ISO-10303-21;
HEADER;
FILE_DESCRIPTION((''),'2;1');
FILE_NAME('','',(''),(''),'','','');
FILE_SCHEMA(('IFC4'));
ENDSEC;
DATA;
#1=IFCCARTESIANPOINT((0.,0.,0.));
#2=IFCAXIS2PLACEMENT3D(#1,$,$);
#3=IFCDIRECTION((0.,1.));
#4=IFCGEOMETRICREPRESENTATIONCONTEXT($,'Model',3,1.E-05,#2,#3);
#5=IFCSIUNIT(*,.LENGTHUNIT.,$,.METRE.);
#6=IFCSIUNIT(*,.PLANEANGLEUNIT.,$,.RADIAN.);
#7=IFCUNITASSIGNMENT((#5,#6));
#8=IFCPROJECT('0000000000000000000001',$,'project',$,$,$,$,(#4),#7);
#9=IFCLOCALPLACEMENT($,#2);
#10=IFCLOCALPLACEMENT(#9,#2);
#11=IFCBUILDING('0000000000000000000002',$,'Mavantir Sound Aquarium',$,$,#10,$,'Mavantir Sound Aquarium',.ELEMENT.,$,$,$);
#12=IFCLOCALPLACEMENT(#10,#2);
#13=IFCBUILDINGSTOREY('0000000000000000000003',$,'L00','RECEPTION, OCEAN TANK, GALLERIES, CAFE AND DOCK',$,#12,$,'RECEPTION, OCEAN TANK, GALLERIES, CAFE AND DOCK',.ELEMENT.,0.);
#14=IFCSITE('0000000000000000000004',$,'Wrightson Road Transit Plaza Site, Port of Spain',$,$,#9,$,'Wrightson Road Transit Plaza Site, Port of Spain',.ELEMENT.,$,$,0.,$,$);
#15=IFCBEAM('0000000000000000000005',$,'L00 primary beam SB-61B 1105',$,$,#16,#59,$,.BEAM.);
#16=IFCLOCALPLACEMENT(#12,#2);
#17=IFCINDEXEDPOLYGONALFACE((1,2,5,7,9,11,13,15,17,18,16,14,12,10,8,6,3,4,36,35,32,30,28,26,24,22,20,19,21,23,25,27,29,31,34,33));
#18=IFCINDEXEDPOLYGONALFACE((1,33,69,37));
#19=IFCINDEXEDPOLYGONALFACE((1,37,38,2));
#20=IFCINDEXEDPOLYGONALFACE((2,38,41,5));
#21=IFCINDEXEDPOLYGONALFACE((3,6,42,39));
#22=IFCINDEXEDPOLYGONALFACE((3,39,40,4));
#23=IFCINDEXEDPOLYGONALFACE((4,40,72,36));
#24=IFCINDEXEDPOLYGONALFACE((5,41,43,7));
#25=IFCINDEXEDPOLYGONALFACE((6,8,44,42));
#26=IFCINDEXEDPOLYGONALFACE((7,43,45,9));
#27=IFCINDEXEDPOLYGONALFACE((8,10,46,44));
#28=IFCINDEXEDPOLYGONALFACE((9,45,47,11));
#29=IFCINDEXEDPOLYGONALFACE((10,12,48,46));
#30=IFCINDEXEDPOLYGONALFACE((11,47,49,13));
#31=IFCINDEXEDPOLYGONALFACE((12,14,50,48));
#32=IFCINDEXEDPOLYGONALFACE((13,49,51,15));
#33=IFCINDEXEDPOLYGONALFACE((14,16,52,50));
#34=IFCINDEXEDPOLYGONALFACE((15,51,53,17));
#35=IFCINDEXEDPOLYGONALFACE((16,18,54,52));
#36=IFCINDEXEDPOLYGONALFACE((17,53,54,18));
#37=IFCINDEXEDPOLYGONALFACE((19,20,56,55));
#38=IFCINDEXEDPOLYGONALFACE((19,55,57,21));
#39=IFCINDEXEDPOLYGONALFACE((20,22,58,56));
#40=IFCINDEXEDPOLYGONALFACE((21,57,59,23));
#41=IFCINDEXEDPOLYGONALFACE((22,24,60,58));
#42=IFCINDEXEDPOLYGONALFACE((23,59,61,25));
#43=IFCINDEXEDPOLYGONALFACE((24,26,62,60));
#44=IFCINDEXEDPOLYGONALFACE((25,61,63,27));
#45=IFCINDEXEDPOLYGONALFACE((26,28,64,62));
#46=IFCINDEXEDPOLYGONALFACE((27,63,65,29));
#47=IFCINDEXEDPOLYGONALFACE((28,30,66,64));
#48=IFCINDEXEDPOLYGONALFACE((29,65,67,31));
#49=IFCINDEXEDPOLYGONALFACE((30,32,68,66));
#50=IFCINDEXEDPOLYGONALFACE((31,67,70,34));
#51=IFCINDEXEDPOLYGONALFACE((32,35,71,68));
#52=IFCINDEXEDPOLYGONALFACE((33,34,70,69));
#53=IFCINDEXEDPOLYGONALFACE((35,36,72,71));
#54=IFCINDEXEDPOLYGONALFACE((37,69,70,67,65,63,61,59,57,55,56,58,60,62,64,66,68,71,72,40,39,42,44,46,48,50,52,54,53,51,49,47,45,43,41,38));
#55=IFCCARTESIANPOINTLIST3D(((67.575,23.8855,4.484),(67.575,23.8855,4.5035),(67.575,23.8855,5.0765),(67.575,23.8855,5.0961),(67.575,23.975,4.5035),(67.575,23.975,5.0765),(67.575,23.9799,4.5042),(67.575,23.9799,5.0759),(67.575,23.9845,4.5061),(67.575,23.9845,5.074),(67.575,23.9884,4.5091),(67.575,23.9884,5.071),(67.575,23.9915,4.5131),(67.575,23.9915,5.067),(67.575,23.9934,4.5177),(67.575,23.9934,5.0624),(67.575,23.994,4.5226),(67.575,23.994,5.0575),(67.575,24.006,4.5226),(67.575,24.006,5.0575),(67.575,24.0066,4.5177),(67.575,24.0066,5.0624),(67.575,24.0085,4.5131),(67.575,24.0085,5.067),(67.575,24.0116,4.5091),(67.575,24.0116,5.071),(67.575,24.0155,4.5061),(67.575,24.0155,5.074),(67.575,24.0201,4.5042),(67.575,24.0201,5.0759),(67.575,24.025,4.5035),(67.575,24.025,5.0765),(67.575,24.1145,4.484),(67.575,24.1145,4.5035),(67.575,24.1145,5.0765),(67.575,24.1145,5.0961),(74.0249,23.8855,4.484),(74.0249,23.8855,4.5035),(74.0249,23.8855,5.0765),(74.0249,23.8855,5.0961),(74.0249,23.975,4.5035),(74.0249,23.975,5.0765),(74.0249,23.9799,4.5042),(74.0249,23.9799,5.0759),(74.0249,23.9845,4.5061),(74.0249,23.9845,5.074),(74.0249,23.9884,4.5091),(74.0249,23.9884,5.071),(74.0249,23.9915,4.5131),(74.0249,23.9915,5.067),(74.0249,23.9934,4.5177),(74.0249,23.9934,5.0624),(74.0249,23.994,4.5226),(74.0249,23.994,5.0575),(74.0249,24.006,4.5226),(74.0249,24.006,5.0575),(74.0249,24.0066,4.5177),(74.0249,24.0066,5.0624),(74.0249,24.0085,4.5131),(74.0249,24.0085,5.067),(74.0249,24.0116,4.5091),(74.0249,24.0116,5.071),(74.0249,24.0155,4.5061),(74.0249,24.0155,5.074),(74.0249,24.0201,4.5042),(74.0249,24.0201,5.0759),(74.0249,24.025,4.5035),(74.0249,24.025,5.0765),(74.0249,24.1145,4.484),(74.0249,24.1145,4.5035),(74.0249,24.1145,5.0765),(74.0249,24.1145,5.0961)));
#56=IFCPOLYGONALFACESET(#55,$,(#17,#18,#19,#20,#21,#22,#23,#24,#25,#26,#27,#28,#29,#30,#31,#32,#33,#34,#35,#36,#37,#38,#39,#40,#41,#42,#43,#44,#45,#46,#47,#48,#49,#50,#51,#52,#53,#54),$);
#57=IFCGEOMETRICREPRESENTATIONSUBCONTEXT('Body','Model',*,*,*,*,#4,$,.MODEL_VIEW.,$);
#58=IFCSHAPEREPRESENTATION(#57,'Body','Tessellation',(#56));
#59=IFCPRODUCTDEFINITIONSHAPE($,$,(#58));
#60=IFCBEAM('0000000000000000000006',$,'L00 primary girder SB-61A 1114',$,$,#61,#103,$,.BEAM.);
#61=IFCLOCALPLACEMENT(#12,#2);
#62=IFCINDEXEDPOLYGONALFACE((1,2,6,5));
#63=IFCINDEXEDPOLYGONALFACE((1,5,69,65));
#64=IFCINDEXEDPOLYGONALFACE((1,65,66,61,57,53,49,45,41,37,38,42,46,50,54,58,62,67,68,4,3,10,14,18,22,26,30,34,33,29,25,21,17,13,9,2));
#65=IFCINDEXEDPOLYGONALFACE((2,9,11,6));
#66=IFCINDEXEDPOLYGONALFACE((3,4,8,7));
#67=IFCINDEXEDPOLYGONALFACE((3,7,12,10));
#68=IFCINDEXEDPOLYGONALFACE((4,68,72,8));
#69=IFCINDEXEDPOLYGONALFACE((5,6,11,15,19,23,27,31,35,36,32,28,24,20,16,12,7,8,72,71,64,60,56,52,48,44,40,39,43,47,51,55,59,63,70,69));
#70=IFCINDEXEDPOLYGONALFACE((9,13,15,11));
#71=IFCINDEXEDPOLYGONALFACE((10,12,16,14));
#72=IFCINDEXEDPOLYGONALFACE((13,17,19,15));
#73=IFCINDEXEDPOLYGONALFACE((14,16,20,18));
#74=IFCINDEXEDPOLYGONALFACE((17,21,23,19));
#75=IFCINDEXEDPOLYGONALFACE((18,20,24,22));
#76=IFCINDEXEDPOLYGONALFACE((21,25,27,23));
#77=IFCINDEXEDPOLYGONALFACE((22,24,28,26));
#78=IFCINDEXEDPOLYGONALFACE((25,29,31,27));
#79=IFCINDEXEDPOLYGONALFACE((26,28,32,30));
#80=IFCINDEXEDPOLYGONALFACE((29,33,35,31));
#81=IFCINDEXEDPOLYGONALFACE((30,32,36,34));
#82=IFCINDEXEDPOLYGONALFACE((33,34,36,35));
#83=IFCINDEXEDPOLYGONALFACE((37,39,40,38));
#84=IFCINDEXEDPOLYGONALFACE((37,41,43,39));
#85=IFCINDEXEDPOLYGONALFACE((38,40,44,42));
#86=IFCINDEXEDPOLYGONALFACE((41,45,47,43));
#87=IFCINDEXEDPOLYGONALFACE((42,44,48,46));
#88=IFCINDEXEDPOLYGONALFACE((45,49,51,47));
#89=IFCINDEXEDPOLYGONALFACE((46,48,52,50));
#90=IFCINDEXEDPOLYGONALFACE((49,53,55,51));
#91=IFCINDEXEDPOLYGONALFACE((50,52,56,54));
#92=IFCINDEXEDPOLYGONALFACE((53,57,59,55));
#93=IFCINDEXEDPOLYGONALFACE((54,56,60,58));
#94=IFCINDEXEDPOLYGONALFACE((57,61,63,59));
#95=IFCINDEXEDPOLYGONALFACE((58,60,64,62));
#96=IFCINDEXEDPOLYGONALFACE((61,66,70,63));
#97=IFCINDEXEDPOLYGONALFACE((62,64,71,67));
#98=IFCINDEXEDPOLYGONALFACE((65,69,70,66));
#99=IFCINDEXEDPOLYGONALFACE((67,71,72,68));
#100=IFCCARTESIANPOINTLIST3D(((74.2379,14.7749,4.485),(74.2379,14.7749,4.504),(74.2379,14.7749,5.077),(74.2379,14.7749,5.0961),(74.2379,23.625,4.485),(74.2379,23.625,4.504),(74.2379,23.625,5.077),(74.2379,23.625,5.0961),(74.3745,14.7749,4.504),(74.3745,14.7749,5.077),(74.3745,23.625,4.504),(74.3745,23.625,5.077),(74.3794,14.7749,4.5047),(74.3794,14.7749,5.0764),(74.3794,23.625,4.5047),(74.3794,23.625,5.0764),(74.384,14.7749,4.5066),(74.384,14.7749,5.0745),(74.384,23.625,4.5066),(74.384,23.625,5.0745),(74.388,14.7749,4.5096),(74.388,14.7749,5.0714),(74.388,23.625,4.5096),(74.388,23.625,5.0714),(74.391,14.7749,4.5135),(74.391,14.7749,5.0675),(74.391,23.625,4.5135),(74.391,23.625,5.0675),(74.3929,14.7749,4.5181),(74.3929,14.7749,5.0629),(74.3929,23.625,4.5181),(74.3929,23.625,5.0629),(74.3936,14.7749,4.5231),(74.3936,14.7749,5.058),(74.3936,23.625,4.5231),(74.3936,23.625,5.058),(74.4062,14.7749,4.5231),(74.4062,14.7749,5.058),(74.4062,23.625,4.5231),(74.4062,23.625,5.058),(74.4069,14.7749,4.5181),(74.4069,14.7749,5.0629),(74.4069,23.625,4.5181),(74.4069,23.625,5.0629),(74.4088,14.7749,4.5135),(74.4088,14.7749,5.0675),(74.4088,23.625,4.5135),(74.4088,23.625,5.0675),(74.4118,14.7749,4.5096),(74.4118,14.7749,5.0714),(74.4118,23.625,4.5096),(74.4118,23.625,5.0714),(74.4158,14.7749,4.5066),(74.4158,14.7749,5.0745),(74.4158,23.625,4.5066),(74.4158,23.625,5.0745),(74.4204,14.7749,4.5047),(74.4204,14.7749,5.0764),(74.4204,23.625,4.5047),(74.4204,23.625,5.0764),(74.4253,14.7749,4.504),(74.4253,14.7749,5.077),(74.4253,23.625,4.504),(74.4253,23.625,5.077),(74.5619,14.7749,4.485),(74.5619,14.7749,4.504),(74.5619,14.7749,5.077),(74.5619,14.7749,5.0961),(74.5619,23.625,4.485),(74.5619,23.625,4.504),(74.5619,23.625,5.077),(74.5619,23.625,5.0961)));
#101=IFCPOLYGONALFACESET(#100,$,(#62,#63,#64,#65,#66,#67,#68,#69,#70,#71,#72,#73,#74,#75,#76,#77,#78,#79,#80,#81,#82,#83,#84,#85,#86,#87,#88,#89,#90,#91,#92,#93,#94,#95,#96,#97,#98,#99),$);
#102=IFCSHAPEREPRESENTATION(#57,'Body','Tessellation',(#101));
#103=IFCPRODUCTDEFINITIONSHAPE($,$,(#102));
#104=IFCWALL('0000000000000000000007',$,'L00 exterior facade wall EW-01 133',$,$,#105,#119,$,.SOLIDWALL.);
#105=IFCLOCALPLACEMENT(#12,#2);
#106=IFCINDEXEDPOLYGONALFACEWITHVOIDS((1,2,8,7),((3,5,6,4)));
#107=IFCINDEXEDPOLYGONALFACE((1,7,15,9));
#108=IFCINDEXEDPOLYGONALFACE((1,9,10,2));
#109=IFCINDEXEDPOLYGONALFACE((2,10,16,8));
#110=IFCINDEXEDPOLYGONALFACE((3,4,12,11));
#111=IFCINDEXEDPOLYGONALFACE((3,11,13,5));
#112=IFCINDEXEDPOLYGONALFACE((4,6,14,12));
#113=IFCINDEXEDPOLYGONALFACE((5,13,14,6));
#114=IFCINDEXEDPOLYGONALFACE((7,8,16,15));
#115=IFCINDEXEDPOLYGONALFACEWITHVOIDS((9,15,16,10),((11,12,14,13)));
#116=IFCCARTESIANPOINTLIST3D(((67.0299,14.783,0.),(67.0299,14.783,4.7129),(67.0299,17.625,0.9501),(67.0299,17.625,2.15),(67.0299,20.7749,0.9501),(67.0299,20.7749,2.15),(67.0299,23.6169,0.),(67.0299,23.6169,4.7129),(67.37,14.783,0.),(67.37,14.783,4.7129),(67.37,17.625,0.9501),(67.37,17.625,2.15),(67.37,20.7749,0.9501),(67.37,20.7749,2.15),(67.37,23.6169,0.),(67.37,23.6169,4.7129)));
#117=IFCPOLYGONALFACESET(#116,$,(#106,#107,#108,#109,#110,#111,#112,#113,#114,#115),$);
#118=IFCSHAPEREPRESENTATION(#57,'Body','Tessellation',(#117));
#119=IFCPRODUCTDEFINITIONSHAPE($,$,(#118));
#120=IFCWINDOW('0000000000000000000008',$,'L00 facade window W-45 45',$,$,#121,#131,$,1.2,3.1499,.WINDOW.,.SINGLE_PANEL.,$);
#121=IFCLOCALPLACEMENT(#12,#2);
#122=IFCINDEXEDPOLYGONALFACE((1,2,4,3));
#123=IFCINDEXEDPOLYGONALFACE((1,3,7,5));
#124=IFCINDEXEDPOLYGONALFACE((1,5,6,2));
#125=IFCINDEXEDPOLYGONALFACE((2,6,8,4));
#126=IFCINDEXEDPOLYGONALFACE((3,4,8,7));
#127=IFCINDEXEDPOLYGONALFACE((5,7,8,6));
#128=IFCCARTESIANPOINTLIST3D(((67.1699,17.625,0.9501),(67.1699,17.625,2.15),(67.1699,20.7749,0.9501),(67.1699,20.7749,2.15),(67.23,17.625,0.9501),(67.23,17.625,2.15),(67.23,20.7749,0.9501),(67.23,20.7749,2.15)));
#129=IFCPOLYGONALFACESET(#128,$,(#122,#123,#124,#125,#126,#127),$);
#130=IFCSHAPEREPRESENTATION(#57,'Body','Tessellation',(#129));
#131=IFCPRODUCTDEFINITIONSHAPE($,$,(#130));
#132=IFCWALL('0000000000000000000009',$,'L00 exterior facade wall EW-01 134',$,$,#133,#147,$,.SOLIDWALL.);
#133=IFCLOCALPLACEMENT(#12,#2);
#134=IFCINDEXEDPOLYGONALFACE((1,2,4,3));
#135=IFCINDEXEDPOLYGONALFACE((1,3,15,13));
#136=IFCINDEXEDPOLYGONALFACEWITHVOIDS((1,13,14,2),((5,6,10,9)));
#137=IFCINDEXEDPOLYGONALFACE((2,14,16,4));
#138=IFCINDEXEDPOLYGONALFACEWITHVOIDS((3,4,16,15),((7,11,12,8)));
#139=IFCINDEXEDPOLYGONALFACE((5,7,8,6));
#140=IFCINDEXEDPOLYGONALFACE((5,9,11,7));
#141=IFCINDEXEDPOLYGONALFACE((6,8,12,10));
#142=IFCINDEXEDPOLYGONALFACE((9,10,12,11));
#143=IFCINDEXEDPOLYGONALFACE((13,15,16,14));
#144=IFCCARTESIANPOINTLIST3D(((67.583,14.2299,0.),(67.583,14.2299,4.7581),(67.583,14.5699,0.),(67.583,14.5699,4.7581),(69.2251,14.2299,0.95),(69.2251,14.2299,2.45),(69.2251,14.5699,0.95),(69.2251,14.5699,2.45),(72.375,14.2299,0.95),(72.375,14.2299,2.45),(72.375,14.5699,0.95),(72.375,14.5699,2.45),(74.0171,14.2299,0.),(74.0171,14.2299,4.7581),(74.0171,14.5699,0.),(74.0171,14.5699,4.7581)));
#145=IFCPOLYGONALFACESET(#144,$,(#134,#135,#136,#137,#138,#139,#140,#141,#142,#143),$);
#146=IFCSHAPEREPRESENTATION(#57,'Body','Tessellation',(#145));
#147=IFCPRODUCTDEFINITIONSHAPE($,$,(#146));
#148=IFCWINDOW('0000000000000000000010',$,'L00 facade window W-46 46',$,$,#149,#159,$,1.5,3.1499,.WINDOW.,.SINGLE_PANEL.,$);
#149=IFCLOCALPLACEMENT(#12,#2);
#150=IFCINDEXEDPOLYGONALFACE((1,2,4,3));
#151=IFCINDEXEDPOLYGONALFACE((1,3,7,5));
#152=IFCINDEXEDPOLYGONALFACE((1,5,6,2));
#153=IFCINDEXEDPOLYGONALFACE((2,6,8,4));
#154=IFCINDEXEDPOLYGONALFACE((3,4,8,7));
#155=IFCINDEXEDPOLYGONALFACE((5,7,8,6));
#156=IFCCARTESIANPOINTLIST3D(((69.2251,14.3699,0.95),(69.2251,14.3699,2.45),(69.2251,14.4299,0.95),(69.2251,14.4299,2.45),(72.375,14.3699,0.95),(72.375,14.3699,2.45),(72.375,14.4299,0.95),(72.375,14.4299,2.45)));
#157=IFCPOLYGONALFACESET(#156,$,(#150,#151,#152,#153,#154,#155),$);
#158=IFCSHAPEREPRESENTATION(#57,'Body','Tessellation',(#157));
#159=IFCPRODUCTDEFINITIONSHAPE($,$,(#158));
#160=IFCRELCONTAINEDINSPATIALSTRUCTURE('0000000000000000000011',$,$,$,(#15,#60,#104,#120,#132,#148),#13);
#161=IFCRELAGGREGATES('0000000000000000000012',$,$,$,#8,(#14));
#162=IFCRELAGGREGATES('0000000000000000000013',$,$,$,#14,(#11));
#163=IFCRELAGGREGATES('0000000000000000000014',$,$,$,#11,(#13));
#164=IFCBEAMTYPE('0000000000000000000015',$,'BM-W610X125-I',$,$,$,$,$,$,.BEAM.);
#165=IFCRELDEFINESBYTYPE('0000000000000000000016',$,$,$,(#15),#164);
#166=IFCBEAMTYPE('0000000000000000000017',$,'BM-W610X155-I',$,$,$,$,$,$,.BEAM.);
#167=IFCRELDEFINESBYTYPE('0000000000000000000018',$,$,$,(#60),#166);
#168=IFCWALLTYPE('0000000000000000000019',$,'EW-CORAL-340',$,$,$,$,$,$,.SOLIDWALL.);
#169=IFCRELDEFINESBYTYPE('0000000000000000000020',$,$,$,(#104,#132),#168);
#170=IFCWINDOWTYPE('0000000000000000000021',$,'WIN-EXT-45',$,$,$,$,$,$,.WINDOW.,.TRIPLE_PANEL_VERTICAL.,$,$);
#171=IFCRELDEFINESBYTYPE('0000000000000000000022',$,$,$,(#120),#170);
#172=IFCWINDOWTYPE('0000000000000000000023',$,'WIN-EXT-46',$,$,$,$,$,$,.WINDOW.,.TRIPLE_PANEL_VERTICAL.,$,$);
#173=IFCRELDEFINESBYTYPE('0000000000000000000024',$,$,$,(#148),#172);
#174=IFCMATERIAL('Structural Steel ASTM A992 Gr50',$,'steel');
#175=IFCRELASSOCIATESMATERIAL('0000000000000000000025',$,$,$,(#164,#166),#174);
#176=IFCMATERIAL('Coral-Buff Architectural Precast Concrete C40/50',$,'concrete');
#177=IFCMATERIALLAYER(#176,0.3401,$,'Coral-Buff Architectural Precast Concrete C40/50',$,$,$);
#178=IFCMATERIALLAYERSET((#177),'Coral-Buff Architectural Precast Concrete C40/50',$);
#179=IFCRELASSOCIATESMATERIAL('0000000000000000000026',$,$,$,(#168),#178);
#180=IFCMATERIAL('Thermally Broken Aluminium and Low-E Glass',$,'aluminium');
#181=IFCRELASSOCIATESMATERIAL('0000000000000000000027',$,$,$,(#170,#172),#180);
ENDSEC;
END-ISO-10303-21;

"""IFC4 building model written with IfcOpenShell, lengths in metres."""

from ifc_helpers import new_model, si_unit, direction, frame, frame_2d, origin, origin_2d, place, context, subcontext, project, spatial, rectangle, i_section, extrude, material, layer, layer_set, material_profile, profile_set, type_object, element, fill, save


model = new_model("IFC4")

# Units and contexts
model_context = context("Model", 3, precision=1e-05, world=origin(), true_north=direction((0.0, 1.0)))
body_context = subcontext(model_context, "Body", "Model", "MODEL_VIEW")
ifc_project = project(units=[si_unit("LENGTHUNIT", "METRE"), si_unit("PLANEANGLEUNIT", "RADIAN")], contexts=[model_context])

# Site, building, storey
site_placement = place(None, origin())
site = spatial("IfcSite", under=ifc_project, at=site_placement, Name="Wrightson Road Transit Plaza Site, Port of Spain", LongName="Wrightson Road Transit Plaza Site, Port of Spain", CompositionType="ELEMENT", RefElevation=0.0)
building_placement = place(site_placement, origin())
building = spatial("IfcBuilding", under=site, at=building_placement, Name="Mavantir Sound Aquarium", LongName="Mavantir Sound Aquarium", CompositionType="ELEMENT")
storey_placement = place(building_placement, origin())
storey = spatial("IfcBuildingStorey", under=building, at=storey_placement, Name="L00", Description="RECEPTION, OCEAN TANK, GALLERIES, CAFE AND DOCK", LongName="RECEPTION, OCEAN TANK, GALLERIES, CAFE AND DOCK", CompositionType="ELEMENT", Elevation=0.0)

# Beams
ifc_material_1 = material(Name="Structural Steel ASTM A992 Gr50", Category="steel")
ifc_material_profile_1 = material_profile(ifc_material_1, i_section(OverallWidth=0.229, OverallDepth=0.6121, WebThickness=0.012, FlangeThickness=0.0195, FilletRadius=0.019, at=origin_2d()), Name="W610X125")
ifc_profile_set_1 = profile_set([ifc_material_profile_1], Name="Structural Steel ASTM A992 Gr50")
beam_type_1 = type_object("IfcBeamType", Name="BM-W610X125-I", PredefinedType="BEAM", material=ifc_profile_set_1)
beam_1_placement = place(storey_placement, frame((67.575, 24.0, 4.79), z_axis=(1.0, 0.0, 0.0), x_axis=(0.0, 1.0, 0.0)))
element("IfcBeam", 1, at=beam_1_placement, inside=storey, type_object=beam_type_1, Name="L00 primary beam SB-61B 1105", PredefinedType="BEAM", context=body_context, shape_type="SweptSolid", body=[
    extrude(i_section(OverallWidth=0.229, OverallDepth=0.6121, WebThickness=0.012, FlangeThickness=0.0195, FilletRadius=0.019, at=origin_2d()), origin(), (0.0, 0.0, 1.0), 6.45),
])
ifc_material_profile_2 = material_profile(ifc_material_1, i_section(OverallWidth=0.324, OverallDepth=0.6111, WebThickness=0.0127, FlangeThickness=0.019, FilletRadius=0.019, at=origin_2d()), Name="W610X155")
ifc_profile_set_2 = profile_set([ifc_material_profile_2], Name="Structural Steel ASTM A992 Gr50")
beam_type_2 = type_object("IfcBeamType", Name="BM-W610X155-I", PredefinedType="BEAM", material=ifc_profile_set_2)
beam_2_placement = place(storey_placement, frame((74.3999, 14.7749, 4.7905), z_axis=(0.0, 1.0, 0.0), x_axis=(-1.0, 0.0, 0.0)))
element("IfcBeam", 2, at=beam_2_placement, inside=storey, type_object=beam_type_2, Name="L00 primary girder SB-61A 1114", PredefinedType="BEAM", context=body_context, shape_type="SweptSolid", body=[
    extrude(i_section(OverallWidth=0.324, OverallDepth=0.6111, WebThickness=0.0127, FlangeThickness=0.019, FilletRadius=0.019, at=origin_2d()), origin(), (0.0, 0.0, 1.0), 8.8501),
])

# Walls, openings, windows
ifc_material_2 = material(Name="Coral-Buff Architectural Precast Concrete C40/50", Category="concrete")
ifc_layer_1 = layer(ifc_material_2, 0.3401, Name="Coral-Buff Architectural Precast Concrete C40/50")
ifc_layer_set_1 = layer_set([ifc_layer_1], Name="Coral-Buff Architectural Precast Concrete C40/50")
wall_type_1 = type_object("IfcWallType", Name="EW-CORAL-340", PredefinedType="SOLIDWALL", material=ifc_layer_set_1)
wall_1_placement = place(storey_placement, frame((67.2, 23.6169, 0.0), z_axis=(0.0, 0.0, 1.0), x_axis=(0.0, -1.0, 0.0)))
wall_1 = element("IfcWall", 3, at=wall_1_placement, inside=storey, type_object=wall_type_1, Name="L00 exterior facade wall EW-01 133", PredefinedType="SOLIDWALL", context=body_context, shape_type="SweptSolid", body=[
    extrude(rectangle(XDim=8.834, YDim=0.3401, at=frame_2d((4.417, 0.0))), origin(), (0.0, 0.0, 1.0), 4.7129),
])
opening_1_placement = place(wall_1_placement, frame((2.842, 0.0, 0.95)))
opening_1 = element("IfcOpeningElement", 4, at=opening_1_placement, cuts=wall_1, PredefinedType="OPENING", context=body_context, shape_type="SweptSolid", body=[
    extrude(rectangle(XDim=3.1499, YDim=1.2, at=frame_2d((1.575, 0.6001))), frame((0.0, 0.1802, 0.0), z_axis=(0.0, -1.0, 0.0), x_axis=(1.0, 0.0, 0.0)), (0.0, 0.0, 1.0), 0.3601),
])
ifc_material_3 = material(Name="Thermally Broken Aluminium and Low-E Glass", Category="aluminium")
window_type_1 = type_object("IfcWindowType", Name="WIN-EXT-45", PartitioningType="TRIPLE_PANEL_VERTICAL", PredefinedType="WINDOW", material=ifc_material_3)
window_1_placement = place(opening_1_placement, origin())
window_1 = element("IfcWindow", 5, at=window_1_placement, inside=storey, type_object=window_type_1, Name="L00 facade window W-45 45", OverallHeight=1.2, OverallWidth=3.1499, PartitioningType="SINGLE_PANEL", PredefinedType="WINDOW", context=body_context, shape_type="SweptSolid", body=[
    extrude(rectangle(XDim=3.1499, YDim=1.2, at=frame_2d((1.575, 0.6001))), frame((0.0, 0.03, 0.0), z_axis=(0.0, -1.0, 0.0), x_axis=(1.0, 0.0, 0.0)), (0.0, 0.0, 1.0), 0.0601),
])
fill(opening_1, window_1)
wall_2_placement = place(storey_placement, frame((67.583, 14.3999, 0.0), z_axis=(0.0, 0.0, 1.0), x_axis=(1.0, 0.0, 0.0)))
wall_2 = element("IfcWall", 6, at=wall_2_placement, inside=storey, type_object=wall_type_1, Name="L00 exterior facade wall EW-01 134", PredefinedType="SOLIDWALL", context=body_context, shape_type="SweptSolid", body=[
    extrude(rectangle(XDim=6.4341, YDim=0.3401, at=frame_2d((3.217, 0.0))), origin(), (0.0, 0.0, 1.0), 4.7581),
])
opening_2_placement = place(wall_2_placement, frame((1.6421, 0.0, 0.95)))
opening_2 = element("IfcOpeningElement", 7, at=opening_2_placement, cuts=wall_2, PredefinedType="OPENING", context=body_context, shape_type="SweptSolid", body=[
    extrude(rectangle(XDim=3.1499, YDim=1.5, at=frame_2d((1.575, 0.75))), frame((0.0, 0.1802, 0.0), z_axis=(0.0, -1.0, 0.0), x_axis=(1.0, 0.0, 0.0)), (0.0, 0.0, 1.0), 0.3601),
])
window_type_2 = type_object("IfcWindowType", Name="WIN-EXT-46", PartitioningType="TRIPLE_PANEL_VERTICAL", PredefinedType="WINDOW", material=ifc_material_3)
window_2_placement = place(opening_2_placement, origin())
window_2 = element("IfcWindow", 8, at=window_2_placement, inside=storey, type_object=window_type_2, Name="L00 facade window W-46 46", OverallHeight=1.5, OverallWidth=3.1499, PartitioningType="SINGLE_PANEL", PredefinedType="WINDOW", context=body_context, shape_type="SweptSolid", body=[
    extrude(rectangle(XDim=3.1499, YDim=1.5, at=frame_2d((1.575, 0.75))), frame((0.0, 0.03, 0.0), z_axis=(0.0, -1.0, 0.0), x_axis=(1.0, 0.0, 0.0)), (0.0, 0.0, 1.0), 0.0601),
])
fill(opening_2, window_2)

save(model, "model.ifc")
